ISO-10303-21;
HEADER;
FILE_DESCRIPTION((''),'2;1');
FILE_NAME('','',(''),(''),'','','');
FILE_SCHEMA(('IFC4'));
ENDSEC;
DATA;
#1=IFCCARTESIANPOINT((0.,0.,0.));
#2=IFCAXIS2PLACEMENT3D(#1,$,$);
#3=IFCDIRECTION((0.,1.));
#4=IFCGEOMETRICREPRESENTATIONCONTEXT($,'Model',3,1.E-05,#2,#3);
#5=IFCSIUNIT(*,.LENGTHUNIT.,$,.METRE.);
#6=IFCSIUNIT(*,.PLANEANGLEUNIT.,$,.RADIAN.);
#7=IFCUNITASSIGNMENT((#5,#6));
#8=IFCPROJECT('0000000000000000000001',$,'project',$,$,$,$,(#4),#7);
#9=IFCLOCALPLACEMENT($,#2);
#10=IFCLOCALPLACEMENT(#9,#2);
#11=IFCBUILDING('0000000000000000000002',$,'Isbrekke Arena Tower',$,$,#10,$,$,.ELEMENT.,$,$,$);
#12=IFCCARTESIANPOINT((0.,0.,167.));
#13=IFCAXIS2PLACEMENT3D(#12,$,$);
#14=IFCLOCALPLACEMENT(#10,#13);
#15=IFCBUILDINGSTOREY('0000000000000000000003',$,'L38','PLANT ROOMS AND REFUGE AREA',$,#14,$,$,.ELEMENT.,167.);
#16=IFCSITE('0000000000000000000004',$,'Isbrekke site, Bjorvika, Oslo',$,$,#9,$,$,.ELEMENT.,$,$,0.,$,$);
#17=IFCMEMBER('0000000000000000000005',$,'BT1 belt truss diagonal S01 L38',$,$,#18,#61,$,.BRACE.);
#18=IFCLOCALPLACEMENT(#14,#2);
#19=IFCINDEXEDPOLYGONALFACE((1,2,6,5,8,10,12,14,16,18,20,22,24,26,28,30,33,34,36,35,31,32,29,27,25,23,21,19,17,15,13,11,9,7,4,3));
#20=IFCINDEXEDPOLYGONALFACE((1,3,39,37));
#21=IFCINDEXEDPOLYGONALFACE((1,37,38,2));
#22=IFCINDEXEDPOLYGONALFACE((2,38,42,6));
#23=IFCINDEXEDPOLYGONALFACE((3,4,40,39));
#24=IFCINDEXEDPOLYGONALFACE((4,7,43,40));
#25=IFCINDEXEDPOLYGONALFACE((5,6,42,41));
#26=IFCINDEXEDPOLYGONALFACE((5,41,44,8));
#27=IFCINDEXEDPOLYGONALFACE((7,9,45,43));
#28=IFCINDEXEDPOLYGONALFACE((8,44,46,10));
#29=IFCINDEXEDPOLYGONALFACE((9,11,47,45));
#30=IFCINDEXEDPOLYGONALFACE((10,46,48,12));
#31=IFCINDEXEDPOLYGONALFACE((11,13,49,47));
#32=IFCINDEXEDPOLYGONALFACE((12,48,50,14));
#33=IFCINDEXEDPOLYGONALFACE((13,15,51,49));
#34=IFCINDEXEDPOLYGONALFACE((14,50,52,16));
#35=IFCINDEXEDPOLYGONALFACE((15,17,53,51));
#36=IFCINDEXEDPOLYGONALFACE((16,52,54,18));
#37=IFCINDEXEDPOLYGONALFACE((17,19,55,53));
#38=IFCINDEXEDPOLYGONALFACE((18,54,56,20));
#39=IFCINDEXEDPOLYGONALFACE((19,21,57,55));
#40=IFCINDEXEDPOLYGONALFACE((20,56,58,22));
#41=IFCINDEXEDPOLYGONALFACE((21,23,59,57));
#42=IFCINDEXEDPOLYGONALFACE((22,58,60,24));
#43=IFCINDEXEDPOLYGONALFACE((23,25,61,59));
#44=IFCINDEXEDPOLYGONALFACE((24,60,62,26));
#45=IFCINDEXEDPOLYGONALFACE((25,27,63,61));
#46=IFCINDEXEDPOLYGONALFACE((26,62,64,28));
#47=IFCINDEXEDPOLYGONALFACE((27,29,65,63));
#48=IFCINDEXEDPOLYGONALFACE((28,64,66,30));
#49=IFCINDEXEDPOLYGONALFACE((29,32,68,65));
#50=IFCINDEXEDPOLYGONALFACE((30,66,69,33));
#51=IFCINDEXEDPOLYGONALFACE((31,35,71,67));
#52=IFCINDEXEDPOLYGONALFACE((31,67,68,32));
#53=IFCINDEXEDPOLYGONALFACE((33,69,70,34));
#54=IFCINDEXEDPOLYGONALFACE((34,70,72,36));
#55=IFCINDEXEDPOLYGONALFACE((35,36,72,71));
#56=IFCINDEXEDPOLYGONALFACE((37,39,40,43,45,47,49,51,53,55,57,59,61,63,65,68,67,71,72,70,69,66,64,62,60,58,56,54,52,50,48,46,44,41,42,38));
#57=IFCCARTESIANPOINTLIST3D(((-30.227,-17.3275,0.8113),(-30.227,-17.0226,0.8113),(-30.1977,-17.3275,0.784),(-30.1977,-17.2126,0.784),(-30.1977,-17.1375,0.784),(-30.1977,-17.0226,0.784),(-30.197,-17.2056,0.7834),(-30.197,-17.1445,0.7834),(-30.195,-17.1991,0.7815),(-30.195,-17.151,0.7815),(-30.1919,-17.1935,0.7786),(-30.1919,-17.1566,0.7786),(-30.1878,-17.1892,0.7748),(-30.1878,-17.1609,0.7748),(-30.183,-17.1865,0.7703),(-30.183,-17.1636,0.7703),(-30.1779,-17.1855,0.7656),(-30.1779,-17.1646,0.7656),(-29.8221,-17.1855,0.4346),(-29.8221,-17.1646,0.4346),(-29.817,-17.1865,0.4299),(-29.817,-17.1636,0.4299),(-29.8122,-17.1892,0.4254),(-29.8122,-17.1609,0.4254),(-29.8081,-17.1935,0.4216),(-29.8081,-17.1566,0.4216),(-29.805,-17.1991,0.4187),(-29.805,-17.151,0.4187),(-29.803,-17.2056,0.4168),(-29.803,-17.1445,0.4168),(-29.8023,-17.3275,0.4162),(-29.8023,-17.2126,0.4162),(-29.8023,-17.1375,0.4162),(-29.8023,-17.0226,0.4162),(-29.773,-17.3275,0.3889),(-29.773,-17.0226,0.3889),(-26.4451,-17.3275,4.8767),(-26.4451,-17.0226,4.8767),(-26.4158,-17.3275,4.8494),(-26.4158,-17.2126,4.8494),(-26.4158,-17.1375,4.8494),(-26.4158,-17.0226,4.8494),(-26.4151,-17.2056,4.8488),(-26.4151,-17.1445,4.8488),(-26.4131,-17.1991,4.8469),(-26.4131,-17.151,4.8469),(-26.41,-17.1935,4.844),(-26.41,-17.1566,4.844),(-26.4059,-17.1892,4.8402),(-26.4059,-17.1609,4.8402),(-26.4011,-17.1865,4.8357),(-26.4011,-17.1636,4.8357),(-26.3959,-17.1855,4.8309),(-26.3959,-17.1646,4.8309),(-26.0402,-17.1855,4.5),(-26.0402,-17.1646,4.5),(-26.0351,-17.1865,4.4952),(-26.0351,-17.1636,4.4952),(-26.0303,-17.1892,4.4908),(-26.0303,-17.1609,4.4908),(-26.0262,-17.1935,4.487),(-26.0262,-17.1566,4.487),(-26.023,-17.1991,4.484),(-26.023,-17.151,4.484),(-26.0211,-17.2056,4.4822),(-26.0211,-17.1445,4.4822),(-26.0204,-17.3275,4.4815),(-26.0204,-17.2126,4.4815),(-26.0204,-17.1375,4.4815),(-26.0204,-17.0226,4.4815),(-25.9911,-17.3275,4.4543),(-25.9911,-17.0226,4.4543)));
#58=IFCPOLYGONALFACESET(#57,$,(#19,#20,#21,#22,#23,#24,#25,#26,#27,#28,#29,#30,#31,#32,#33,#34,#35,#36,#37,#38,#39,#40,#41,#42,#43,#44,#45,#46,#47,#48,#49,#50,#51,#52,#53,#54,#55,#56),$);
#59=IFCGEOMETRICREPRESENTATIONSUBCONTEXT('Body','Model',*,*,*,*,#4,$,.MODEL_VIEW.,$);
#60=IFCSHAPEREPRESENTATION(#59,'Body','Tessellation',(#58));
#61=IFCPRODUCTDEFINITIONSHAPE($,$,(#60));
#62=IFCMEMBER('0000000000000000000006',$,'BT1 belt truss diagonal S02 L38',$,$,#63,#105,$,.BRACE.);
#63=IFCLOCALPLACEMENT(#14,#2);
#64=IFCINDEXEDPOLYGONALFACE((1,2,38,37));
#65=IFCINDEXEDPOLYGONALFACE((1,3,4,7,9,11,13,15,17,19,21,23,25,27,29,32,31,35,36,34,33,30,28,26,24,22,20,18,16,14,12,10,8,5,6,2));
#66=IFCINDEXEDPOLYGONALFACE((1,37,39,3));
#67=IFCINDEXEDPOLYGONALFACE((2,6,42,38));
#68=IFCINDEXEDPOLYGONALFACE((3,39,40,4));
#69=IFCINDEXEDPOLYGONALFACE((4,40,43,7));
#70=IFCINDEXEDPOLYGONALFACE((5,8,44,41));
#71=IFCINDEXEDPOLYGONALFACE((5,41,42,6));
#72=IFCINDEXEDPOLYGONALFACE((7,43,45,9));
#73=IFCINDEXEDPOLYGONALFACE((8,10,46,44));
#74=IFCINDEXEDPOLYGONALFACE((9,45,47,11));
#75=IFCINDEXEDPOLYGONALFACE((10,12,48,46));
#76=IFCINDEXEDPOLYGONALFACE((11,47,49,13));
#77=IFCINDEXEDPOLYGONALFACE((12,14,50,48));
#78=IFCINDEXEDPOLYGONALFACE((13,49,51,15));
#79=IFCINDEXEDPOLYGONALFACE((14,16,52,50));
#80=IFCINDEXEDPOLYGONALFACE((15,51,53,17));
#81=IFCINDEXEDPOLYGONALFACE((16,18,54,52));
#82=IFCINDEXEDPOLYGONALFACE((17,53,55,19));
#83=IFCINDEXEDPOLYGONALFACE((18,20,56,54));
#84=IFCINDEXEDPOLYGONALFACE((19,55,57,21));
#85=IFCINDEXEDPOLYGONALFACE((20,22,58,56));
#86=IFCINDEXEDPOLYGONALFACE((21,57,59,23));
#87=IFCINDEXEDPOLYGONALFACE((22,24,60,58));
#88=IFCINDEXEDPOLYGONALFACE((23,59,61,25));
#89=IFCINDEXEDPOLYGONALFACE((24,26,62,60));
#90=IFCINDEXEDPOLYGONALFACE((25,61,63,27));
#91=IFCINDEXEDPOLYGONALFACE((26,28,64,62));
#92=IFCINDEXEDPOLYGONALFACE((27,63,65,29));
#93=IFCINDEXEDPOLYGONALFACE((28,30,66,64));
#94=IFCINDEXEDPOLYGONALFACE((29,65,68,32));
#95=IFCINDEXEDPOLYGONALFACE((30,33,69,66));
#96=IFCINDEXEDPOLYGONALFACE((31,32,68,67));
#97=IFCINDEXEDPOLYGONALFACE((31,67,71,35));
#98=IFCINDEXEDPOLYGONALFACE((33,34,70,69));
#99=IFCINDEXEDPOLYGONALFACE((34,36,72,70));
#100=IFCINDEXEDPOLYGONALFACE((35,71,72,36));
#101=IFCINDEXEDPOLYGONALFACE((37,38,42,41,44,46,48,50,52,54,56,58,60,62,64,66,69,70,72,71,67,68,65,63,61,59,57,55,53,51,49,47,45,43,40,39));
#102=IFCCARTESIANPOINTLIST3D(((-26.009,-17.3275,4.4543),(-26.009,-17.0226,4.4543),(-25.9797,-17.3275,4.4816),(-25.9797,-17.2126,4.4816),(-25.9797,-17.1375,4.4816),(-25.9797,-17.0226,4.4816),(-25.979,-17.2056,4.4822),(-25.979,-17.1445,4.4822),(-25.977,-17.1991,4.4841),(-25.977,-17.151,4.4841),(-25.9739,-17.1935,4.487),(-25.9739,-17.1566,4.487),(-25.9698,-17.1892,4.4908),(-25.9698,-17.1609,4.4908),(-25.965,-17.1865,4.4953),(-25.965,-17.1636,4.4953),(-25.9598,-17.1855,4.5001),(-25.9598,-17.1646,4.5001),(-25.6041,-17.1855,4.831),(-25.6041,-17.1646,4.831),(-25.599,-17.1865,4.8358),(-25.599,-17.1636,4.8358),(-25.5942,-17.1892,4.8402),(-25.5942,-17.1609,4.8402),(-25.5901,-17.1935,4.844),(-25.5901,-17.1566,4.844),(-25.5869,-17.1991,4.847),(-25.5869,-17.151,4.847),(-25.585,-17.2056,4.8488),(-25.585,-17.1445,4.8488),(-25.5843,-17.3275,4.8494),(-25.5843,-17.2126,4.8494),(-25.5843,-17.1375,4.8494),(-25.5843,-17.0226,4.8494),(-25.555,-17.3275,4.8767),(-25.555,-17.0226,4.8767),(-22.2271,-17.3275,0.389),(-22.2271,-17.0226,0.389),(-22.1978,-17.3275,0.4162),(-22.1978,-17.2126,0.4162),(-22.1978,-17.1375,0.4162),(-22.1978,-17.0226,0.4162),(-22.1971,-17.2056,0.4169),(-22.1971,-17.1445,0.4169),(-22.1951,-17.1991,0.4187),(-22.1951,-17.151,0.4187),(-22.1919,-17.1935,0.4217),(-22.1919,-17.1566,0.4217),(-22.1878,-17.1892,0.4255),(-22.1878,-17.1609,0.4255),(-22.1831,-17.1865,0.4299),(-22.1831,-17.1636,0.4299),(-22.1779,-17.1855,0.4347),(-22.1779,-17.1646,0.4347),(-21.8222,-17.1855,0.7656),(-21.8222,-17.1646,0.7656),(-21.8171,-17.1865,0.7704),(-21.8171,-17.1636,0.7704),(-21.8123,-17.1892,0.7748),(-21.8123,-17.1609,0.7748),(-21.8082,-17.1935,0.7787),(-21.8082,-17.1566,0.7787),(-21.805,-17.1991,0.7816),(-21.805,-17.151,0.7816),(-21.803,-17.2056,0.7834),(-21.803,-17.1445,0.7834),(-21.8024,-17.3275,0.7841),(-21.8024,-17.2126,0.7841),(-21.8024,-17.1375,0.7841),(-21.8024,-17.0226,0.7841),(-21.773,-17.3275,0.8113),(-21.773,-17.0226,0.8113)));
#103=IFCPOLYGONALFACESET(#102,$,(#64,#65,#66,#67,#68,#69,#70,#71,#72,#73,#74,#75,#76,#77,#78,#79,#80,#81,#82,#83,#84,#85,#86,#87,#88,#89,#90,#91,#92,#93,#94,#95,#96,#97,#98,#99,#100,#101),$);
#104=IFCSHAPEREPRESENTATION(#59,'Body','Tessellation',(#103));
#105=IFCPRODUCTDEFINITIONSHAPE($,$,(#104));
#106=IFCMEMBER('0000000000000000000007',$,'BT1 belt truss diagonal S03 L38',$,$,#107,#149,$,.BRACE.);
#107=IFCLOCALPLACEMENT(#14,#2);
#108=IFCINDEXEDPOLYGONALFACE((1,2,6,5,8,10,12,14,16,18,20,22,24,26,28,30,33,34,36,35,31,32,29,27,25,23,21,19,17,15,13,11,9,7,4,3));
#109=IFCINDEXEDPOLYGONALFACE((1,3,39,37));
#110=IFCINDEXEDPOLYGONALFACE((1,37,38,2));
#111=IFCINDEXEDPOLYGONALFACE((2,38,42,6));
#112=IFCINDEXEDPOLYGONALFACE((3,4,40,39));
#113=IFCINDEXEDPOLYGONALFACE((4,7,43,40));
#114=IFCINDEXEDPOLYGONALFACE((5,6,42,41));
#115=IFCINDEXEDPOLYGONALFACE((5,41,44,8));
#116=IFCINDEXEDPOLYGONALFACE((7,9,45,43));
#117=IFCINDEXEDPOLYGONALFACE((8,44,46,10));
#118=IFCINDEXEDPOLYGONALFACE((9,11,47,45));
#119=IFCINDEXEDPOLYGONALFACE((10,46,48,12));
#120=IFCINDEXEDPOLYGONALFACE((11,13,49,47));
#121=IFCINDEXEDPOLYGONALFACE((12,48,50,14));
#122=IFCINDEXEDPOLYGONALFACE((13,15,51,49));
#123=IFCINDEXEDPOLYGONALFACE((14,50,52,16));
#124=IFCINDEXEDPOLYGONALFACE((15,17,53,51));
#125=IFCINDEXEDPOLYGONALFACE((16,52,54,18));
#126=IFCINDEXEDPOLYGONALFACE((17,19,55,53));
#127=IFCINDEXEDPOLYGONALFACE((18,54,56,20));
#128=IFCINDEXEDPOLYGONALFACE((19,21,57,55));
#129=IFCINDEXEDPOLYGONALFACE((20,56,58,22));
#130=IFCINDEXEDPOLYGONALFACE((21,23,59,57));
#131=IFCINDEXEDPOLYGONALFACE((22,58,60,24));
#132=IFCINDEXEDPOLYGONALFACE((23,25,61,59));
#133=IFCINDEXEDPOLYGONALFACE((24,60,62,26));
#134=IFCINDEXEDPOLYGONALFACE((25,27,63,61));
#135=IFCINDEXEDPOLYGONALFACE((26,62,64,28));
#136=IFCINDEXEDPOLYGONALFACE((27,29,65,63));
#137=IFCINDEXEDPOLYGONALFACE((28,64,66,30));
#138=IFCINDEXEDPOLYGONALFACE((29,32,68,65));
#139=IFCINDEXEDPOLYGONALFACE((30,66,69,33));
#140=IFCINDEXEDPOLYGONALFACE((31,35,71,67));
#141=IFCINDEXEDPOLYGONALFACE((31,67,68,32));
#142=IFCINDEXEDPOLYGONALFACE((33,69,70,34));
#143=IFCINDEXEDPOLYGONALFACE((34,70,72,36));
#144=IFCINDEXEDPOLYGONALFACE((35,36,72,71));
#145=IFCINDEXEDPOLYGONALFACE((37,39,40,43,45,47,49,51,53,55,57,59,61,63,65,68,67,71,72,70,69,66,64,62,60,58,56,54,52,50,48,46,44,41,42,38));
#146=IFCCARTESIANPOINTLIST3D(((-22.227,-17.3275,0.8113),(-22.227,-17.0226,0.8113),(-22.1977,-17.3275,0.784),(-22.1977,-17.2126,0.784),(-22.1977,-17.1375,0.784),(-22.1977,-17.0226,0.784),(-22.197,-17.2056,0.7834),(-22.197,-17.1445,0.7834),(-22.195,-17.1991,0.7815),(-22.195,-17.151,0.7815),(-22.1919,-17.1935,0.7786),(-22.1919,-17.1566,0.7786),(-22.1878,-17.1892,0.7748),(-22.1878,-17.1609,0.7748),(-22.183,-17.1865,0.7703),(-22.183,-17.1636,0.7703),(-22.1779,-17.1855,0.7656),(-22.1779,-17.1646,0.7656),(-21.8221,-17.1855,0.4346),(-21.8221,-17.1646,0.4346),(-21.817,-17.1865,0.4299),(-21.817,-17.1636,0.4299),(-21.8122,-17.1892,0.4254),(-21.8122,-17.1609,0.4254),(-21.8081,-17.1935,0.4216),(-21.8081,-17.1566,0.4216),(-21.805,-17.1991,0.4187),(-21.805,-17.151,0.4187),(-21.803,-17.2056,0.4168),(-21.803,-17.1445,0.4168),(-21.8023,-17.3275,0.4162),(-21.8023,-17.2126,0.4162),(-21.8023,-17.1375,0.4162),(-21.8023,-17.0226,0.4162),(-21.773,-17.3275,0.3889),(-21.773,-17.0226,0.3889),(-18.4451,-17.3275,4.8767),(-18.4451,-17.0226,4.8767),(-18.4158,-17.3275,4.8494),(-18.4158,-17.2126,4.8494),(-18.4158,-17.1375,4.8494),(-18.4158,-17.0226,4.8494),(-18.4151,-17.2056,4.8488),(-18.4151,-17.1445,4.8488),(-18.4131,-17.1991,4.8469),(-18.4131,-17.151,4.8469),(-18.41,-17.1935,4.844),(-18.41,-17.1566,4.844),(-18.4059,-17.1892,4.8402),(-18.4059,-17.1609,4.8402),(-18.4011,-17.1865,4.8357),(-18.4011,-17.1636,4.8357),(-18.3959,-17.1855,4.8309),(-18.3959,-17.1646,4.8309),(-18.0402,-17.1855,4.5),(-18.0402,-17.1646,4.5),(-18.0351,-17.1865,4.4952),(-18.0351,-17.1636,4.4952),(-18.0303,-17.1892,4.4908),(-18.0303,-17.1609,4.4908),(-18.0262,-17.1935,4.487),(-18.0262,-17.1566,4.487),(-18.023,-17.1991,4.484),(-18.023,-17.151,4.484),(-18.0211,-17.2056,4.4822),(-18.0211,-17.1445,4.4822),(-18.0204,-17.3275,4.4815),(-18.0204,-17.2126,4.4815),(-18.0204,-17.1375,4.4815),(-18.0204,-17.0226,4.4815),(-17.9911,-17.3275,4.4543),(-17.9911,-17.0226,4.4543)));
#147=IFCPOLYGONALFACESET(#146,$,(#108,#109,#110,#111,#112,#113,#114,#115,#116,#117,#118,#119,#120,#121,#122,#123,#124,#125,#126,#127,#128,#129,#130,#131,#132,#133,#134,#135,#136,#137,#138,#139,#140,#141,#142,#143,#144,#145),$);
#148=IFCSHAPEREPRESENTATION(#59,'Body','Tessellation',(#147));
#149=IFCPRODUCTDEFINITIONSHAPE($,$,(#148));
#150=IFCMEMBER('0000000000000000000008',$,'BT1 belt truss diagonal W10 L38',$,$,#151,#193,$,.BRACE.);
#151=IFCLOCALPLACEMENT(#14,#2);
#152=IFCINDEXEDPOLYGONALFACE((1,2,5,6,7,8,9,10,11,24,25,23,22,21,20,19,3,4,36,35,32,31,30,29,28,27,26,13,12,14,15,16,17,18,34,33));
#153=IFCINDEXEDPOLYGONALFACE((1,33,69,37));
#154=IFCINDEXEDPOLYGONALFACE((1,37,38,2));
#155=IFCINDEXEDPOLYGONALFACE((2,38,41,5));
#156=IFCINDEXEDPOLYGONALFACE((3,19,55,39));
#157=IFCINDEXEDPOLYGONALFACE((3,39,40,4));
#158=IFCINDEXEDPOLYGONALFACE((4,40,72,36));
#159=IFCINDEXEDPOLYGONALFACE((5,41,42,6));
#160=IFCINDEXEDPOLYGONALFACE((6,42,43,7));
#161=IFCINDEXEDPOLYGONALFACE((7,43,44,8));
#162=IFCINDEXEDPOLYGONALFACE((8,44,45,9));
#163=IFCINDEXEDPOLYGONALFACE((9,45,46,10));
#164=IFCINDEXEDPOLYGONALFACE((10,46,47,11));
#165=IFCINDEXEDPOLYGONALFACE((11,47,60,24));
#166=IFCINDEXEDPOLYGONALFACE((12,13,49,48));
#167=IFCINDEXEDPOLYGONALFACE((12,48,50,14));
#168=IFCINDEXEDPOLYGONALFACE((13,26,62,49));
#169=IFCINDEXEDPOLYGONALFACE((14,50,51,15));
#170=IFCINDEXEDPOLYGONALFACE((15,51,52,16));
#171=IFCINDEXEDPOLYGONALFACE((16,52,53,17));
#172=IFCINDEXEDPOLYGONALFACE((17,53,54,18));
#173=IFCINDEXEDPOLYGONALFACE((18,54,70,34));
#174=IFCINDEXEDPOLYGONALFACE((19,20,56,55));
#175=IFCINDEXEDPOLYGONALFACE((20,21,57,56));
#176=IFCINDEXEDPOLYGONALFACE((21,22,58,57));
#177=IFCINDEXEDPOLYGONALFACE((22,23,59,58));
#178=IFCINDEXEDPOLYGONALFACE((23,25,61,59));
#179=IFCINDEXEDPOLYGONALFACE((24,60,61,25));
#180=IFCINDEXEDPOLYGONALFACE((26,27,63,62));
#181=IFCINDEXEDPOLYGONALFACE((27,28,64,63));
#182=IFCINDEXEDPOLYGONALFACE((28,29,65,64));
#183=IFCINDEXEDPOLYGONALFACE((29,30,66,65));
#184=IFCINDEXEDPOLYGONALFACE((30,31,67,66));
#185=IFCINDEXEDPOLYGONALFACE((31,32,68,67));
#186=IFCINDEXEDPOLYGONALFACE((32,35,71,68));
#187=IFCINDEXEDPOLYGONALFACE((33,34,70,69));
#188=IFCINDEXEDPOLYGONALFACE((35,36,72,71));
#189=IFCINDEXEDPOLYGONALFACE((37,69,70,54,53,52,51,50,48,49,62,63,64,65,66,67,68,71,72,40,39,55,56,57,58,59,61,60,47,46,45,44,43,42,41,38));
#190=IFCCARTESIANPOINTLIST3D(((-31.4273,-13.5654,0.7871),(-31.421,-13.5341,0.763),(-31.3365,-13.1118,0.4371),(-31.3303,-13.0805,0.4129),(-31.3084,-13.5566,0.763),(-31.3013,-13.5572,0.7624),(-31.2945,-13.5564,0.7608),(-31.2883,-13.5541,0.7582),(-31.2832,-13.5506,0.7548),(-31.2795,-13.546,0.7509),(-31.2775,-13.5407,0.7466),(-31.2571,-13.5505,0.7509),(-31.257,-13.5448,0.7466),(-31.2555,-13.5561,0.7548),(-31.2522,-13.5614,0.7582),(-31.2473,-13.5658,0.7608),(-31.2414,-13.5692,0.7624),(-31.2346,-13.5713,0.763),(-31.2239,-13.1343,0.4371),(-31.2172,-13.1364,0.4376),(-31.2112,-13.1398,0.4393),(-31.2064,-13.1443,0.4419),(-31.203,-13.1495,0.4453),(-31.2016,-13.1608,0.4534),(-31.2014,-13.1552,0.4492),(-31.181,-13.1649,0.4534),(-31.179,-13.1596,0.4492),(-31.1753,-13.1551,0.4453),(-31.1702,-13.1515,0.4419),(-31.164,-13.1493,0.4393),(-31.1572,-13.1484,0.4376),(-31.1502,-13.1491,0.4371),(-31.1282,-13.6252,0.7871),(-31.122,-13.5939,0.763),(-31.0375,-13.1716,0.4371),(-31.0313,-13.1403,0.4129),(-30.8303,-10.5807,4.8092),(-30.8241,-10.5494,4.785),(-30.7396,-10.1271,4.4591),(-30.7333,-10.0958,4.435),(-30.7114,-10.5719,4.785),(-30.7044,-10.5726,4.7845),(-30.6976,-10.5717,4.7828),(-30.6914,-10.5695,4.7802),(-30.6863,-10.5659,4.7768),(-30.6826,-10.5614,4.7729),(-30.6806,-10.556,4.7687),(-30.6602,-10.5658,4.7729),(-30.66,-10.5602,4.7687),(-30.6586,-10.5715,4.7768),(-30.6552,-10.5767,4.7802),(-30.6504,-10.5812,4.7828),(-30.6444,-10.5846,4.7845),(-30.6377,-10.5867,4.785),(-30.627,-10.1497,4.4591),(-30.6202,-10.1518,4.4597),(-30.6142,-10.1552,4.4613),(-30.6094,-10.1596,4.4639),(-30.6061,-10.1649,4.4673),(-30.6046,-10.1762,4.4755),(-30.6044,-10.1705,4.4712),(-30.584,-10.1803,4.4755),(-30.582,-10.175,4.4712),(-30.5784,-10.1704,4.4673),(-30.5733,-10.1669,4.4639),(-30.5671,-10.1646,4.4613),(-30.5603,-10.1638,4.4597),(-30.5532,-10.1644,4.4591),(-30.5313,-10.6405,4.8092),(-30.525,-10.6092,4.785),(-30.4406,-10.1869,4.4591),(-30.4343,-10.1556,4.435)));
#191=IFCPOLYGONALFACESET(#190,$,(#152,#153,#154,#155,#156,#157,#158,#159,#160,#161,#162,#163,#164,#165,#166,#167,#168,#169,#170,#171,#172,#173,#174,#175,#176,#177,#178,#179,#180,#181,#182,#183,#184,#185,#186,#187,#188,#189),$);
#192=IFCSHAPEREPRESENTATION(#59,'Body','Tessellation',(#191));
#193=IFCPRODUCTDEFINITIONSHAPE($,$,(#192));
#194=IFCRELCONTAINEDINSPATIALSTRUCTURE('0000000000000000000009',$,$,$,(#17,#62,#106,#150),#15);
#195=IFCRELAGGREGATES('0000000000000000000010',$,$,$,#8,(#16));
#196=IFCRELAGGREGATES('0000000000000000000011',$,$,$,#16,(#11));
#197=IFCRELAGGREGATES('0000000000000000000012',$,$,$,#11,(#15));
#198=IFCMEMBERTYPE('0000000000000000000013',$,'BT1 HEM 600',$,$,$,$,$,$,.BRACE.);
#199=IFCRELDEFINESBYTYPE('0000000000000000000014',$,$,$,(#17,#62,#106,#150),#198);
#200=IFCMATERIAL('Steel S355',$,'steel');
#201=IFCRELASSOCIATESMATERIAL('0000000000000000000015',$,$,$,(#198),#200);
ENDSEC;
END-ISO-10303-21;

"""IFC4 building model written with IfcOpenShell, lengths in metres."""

from ifc_helpers import new_model, si_unit, direction, frame, origin, origin_2d, place, context, subcontext, project, spatial, i_section, extrude, material, material_profile, profile_set, type_object, element, save


model = new_model("IFC4")

# Units and contexts
model_context = context("Model", 3, precision=1e-05, world=origin(), true_north=direction((0.0, 1.0)))
body_context = subcontext(model_context, "Body", "Model", "MODEL_VIEW")
ifc_project = project(units=[si_unit("LENGTHUNIT", "METRE"), si_unit("PLANEANGLEUNIT", "RADIAN")], contexts=[model_context])

# Site, building, storey
site_placement = place(None, origin())
site = spatial("IfcSite", under=ifc_project, at=site_placement, Name="Isbrekke site, Bjorvika, Oslo", CompositionType="ELEMENT", RefElevation=0.0)
building_placement = place(site_placement, origin())
building = spatial("IfcBuilding", under=site, at=building_placement, Name="Isbrekke Arena Tower", CompositionType="ELEMENT")
storey_placement = place(building_placement, frame((0.0, 0.0, 167.0)))
storey = spatial("IfcBuildingStorey", under=building, at=storey_placement, Name="L38", Description="PLANT ROOMS AND REFUGE AREA", CompositionType="ELEMENT", Elevation=167.0)

# Members
ifc_material_1 = material(Name="Steel S355", Category="steel")
ifc_material_profile_1 = material_profile(ifc_material_1, i_section(OverallWidth=0.3049, OverallDepth=0.6201, WebThickness=0.021, FlangeThickness=0.04, FilletRadius=0.0271, at=origin_2d()), Name="HEM 600")
ifc_profile_set_1 = profile_set([ifc_material_profile_1], Name="Steel S355")
member_type_1 = type_object("IfcMemberType", Name="BT1 HEM 600", PredefinedType="BRACE", material=ifc_profile_set_1)
for number, where, z_axis, x_axis, name in (
    (1, (-30.0, -17.175, 0.6001), (0.681122, 0.0, 0.73217), (0.0, 1.0, 0.0), "BT1 belt truss diagonal S01 L38"),
    (2, (-25.782, -17.175, 4.6655), (0.681122, 0.0, -0.73217), (0.0, 1.0, 0.0), "BT1 belt truss diagonal S02 L38"),
    (3, (-22.0, -17.175, 0.6001), (0.681122, 0.0, 0.73217), (0.0, 1.0, 0.0), "BT1 belt truss diagonal S03 L38"),
):
    element("IfcMember", number, at=place(storey_placement, frame(where, z_axis=z_axis, x_axis=x_axis)), inside=storey, type_object=member_type_1, Name=name, PredefinedType="BRACE", context=body_context, shape_type="SweptSolid", body=[
        extrude(i_section(OverallWidth=0.3049, OverallDepth=0.6201, WebThickness=0.021, FlangeThickness=0.04, FilletRadius=0.0271, at=origin_2d()), origin(), (0.0, 0.0, 1.0), 5.5525),
    ])
member_1_placement = place(storey_placement, frame((-30.6323, -10.3682, 4.6221), z_axis=(-0.118347, -0.591733, -0.7974), x_axis=(0.980581, -0.196116, 0.0)))
element("IfcMember", 4, at=member_1_placement, inside=storey, type_object=member_type_1, Name="BT1 belt truss diagonal W10 L38", PredefinedType="BRACE", context=body_context, shape_type="SweptSolid", body=[
    extrude(i_section(OverallWidth=0.3049, OverallDepth=0.6201, WebThickness=0.021, FlangeThickness=0.04, FilletRadius=0.0271, at=origin_2d()), origin(), (0.0, 0.0, 1.0), 5.0439),
])

save(model, "model.ifc")
